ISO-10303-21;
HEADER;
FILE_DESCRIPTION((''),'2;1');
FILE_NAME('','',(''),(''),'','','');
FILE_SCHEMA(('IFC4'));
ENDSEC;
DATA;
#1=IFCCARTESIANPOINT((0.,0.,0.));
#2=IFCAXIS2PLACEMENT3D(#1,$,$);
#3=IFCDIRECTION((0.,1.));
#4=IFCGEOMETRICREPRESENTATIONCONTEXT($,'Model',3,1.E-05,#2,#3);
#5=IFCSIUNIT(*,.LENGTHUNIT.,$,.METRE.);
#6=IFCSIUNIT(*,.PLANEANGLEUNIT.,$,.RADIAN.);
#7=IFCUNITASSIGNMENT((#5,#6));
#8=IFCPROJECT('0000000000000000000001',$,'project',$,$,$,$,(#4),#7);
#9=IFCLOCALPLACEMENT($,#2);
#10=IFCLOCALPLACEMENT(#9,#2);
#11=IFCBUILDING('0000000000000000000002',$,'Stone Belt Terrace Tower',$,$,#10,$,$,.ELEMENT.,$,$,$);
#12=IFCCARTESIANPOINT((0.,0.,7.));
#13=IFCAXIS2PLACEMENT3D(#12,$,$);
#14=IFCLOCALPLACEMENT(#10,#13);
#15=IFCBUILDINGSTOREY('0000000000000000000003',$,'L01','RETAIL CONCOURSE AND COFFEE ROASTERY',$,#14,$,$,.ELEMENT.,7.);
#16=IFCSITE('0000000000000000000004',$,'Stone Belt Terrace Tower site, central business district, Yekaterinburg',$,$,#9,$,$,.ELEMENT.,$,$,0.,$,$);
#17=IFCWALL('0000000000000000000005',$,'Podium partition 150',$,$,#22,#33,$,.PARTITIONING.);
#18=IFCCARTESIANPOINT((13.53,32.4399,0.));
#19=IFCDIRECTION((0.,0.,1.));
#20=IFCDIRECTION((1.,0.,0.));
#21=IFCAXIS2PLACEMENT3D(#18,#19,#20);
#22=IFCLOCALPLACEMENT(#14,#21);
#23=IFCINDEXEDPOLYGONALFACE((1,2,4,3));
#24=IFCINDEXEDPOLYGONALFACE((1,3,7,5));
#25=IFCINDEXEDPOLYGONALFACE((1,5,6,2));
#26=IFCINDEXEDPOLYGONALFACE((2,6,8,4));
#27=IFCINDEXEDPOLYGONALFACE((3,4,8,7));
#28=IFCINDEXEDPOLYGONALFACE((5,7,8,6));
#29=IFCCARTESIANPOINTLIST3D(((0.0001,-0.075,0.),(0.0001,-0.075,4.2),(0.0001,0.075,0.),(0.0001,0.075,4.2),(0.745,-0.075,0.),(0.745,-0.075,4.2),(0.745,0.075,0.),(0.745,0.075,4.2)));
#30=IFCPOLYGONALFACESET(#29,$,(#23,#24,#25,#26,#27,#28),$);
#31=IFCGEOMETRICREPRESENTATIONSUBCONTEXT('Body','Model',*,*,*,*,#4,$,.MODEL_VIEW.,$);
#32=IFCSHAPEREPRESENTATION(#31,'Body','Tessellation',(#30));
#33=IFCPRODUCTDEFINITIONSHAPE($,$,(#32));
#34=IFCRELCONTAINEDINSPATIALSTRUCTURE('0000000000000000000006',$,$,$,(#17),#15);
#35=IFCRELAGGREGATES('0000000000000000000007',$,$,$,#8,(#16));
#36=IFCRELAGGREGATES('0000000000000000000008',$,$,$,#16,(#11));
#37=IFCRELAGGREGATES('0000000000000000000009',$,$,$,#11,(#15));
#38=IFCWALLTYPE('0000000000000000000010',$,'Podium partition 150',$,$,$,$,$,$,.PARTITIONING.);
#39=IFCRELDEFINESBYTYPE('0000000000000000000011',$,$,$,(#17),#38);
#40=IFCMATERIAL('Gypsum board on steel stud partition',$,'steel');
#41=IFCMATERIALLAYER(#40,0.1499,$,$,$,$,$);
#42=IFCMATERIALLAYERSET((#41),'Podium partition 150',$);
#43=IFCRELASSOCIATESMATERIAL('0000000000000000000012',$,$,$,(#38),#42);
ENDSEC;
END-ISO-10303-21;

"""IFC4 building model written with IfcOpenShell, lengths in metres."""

from ifc_helpers import new_model, si_unit, direction, frame, frame_2d, origin, place, context, subcontext, project, spatial, rectangle, extrude, material, layer, layer_set, type_object, element, save


model = new_model("IFC4")

# Units and contexts
model_context = context("Model", 3, precision=1e-05, world=origin(), true_north=direction((0.0, 1.0)))
body_context = subcontext(model_context, "Body", "Model", "MODEL_VIEW")
ifc_project = project(units=[si_unit("LENGTHUNIT", "METRE"), si_unit("PLANEANGLEUNIT", "RADIAN")], contexts=[model_context])

# Site, building, storey
site_placement = place(None, origin())
site = spatial("IfcSite", under=ifc_project, at=site_placement, Name="Stone Belt Terrace Tower site, central business district, Yekaterinburg", CompositionType="ELEMENT", RefElevation=0.0)
building_placement = place(site_placement, origin())
building = spatial("IfcBuilding", under=site, at=building_placement, Name="Stone Belt Terrace Tower", CompositionType="ELEMENT")
storey_placement = place(building_placement, frame((0.0, 0.0, 7.0)))
storey = spatial("IfcBuildingStorey", under=building, at=storey_placement, Name="L01", Description="RETAIL CONCOURSE AND COFFEE ROASTERY", CompositionType="ELEMENT", Elevation=7.0)

# Wall
ifc_material_1 = material(Name="Gypsum board on steel stud partition", Category="steel")
ifc_layer_1 = layer(ifc_material_1, 0.1499)
ifc_layer_set_1 = layer_set([ifc_layer_1], Name="Podium partition 150")
wall_type_1 = type_object("IfcWallType", Name="Podium partition 150", PredefinedType="PARTITIONING", material=ifc_layer_set_1)
wall_1_placement = place(storey_placement, frame((13.53, 32.4399, 0.0), z_axis=(0.0, 0.0, 1.0), x_axis=(1.0, 0.0, 0.0)))
element("IfcWall", 1, at=wall_1_placement, inside=storey, type_object=wall_type_1, Name="Podium partition 150", PredefinedType="PARTITIONING", context=body_context, shape_type="SweptSolid", body=[
    extrude(rectangle(XDim=0.7449, YDim=0.1499, at=frame_2d((0.3726, 0.0))), origin(), (0.0, 0.0, 1.0), 4.2),
])

save(model, "model.ifc")
